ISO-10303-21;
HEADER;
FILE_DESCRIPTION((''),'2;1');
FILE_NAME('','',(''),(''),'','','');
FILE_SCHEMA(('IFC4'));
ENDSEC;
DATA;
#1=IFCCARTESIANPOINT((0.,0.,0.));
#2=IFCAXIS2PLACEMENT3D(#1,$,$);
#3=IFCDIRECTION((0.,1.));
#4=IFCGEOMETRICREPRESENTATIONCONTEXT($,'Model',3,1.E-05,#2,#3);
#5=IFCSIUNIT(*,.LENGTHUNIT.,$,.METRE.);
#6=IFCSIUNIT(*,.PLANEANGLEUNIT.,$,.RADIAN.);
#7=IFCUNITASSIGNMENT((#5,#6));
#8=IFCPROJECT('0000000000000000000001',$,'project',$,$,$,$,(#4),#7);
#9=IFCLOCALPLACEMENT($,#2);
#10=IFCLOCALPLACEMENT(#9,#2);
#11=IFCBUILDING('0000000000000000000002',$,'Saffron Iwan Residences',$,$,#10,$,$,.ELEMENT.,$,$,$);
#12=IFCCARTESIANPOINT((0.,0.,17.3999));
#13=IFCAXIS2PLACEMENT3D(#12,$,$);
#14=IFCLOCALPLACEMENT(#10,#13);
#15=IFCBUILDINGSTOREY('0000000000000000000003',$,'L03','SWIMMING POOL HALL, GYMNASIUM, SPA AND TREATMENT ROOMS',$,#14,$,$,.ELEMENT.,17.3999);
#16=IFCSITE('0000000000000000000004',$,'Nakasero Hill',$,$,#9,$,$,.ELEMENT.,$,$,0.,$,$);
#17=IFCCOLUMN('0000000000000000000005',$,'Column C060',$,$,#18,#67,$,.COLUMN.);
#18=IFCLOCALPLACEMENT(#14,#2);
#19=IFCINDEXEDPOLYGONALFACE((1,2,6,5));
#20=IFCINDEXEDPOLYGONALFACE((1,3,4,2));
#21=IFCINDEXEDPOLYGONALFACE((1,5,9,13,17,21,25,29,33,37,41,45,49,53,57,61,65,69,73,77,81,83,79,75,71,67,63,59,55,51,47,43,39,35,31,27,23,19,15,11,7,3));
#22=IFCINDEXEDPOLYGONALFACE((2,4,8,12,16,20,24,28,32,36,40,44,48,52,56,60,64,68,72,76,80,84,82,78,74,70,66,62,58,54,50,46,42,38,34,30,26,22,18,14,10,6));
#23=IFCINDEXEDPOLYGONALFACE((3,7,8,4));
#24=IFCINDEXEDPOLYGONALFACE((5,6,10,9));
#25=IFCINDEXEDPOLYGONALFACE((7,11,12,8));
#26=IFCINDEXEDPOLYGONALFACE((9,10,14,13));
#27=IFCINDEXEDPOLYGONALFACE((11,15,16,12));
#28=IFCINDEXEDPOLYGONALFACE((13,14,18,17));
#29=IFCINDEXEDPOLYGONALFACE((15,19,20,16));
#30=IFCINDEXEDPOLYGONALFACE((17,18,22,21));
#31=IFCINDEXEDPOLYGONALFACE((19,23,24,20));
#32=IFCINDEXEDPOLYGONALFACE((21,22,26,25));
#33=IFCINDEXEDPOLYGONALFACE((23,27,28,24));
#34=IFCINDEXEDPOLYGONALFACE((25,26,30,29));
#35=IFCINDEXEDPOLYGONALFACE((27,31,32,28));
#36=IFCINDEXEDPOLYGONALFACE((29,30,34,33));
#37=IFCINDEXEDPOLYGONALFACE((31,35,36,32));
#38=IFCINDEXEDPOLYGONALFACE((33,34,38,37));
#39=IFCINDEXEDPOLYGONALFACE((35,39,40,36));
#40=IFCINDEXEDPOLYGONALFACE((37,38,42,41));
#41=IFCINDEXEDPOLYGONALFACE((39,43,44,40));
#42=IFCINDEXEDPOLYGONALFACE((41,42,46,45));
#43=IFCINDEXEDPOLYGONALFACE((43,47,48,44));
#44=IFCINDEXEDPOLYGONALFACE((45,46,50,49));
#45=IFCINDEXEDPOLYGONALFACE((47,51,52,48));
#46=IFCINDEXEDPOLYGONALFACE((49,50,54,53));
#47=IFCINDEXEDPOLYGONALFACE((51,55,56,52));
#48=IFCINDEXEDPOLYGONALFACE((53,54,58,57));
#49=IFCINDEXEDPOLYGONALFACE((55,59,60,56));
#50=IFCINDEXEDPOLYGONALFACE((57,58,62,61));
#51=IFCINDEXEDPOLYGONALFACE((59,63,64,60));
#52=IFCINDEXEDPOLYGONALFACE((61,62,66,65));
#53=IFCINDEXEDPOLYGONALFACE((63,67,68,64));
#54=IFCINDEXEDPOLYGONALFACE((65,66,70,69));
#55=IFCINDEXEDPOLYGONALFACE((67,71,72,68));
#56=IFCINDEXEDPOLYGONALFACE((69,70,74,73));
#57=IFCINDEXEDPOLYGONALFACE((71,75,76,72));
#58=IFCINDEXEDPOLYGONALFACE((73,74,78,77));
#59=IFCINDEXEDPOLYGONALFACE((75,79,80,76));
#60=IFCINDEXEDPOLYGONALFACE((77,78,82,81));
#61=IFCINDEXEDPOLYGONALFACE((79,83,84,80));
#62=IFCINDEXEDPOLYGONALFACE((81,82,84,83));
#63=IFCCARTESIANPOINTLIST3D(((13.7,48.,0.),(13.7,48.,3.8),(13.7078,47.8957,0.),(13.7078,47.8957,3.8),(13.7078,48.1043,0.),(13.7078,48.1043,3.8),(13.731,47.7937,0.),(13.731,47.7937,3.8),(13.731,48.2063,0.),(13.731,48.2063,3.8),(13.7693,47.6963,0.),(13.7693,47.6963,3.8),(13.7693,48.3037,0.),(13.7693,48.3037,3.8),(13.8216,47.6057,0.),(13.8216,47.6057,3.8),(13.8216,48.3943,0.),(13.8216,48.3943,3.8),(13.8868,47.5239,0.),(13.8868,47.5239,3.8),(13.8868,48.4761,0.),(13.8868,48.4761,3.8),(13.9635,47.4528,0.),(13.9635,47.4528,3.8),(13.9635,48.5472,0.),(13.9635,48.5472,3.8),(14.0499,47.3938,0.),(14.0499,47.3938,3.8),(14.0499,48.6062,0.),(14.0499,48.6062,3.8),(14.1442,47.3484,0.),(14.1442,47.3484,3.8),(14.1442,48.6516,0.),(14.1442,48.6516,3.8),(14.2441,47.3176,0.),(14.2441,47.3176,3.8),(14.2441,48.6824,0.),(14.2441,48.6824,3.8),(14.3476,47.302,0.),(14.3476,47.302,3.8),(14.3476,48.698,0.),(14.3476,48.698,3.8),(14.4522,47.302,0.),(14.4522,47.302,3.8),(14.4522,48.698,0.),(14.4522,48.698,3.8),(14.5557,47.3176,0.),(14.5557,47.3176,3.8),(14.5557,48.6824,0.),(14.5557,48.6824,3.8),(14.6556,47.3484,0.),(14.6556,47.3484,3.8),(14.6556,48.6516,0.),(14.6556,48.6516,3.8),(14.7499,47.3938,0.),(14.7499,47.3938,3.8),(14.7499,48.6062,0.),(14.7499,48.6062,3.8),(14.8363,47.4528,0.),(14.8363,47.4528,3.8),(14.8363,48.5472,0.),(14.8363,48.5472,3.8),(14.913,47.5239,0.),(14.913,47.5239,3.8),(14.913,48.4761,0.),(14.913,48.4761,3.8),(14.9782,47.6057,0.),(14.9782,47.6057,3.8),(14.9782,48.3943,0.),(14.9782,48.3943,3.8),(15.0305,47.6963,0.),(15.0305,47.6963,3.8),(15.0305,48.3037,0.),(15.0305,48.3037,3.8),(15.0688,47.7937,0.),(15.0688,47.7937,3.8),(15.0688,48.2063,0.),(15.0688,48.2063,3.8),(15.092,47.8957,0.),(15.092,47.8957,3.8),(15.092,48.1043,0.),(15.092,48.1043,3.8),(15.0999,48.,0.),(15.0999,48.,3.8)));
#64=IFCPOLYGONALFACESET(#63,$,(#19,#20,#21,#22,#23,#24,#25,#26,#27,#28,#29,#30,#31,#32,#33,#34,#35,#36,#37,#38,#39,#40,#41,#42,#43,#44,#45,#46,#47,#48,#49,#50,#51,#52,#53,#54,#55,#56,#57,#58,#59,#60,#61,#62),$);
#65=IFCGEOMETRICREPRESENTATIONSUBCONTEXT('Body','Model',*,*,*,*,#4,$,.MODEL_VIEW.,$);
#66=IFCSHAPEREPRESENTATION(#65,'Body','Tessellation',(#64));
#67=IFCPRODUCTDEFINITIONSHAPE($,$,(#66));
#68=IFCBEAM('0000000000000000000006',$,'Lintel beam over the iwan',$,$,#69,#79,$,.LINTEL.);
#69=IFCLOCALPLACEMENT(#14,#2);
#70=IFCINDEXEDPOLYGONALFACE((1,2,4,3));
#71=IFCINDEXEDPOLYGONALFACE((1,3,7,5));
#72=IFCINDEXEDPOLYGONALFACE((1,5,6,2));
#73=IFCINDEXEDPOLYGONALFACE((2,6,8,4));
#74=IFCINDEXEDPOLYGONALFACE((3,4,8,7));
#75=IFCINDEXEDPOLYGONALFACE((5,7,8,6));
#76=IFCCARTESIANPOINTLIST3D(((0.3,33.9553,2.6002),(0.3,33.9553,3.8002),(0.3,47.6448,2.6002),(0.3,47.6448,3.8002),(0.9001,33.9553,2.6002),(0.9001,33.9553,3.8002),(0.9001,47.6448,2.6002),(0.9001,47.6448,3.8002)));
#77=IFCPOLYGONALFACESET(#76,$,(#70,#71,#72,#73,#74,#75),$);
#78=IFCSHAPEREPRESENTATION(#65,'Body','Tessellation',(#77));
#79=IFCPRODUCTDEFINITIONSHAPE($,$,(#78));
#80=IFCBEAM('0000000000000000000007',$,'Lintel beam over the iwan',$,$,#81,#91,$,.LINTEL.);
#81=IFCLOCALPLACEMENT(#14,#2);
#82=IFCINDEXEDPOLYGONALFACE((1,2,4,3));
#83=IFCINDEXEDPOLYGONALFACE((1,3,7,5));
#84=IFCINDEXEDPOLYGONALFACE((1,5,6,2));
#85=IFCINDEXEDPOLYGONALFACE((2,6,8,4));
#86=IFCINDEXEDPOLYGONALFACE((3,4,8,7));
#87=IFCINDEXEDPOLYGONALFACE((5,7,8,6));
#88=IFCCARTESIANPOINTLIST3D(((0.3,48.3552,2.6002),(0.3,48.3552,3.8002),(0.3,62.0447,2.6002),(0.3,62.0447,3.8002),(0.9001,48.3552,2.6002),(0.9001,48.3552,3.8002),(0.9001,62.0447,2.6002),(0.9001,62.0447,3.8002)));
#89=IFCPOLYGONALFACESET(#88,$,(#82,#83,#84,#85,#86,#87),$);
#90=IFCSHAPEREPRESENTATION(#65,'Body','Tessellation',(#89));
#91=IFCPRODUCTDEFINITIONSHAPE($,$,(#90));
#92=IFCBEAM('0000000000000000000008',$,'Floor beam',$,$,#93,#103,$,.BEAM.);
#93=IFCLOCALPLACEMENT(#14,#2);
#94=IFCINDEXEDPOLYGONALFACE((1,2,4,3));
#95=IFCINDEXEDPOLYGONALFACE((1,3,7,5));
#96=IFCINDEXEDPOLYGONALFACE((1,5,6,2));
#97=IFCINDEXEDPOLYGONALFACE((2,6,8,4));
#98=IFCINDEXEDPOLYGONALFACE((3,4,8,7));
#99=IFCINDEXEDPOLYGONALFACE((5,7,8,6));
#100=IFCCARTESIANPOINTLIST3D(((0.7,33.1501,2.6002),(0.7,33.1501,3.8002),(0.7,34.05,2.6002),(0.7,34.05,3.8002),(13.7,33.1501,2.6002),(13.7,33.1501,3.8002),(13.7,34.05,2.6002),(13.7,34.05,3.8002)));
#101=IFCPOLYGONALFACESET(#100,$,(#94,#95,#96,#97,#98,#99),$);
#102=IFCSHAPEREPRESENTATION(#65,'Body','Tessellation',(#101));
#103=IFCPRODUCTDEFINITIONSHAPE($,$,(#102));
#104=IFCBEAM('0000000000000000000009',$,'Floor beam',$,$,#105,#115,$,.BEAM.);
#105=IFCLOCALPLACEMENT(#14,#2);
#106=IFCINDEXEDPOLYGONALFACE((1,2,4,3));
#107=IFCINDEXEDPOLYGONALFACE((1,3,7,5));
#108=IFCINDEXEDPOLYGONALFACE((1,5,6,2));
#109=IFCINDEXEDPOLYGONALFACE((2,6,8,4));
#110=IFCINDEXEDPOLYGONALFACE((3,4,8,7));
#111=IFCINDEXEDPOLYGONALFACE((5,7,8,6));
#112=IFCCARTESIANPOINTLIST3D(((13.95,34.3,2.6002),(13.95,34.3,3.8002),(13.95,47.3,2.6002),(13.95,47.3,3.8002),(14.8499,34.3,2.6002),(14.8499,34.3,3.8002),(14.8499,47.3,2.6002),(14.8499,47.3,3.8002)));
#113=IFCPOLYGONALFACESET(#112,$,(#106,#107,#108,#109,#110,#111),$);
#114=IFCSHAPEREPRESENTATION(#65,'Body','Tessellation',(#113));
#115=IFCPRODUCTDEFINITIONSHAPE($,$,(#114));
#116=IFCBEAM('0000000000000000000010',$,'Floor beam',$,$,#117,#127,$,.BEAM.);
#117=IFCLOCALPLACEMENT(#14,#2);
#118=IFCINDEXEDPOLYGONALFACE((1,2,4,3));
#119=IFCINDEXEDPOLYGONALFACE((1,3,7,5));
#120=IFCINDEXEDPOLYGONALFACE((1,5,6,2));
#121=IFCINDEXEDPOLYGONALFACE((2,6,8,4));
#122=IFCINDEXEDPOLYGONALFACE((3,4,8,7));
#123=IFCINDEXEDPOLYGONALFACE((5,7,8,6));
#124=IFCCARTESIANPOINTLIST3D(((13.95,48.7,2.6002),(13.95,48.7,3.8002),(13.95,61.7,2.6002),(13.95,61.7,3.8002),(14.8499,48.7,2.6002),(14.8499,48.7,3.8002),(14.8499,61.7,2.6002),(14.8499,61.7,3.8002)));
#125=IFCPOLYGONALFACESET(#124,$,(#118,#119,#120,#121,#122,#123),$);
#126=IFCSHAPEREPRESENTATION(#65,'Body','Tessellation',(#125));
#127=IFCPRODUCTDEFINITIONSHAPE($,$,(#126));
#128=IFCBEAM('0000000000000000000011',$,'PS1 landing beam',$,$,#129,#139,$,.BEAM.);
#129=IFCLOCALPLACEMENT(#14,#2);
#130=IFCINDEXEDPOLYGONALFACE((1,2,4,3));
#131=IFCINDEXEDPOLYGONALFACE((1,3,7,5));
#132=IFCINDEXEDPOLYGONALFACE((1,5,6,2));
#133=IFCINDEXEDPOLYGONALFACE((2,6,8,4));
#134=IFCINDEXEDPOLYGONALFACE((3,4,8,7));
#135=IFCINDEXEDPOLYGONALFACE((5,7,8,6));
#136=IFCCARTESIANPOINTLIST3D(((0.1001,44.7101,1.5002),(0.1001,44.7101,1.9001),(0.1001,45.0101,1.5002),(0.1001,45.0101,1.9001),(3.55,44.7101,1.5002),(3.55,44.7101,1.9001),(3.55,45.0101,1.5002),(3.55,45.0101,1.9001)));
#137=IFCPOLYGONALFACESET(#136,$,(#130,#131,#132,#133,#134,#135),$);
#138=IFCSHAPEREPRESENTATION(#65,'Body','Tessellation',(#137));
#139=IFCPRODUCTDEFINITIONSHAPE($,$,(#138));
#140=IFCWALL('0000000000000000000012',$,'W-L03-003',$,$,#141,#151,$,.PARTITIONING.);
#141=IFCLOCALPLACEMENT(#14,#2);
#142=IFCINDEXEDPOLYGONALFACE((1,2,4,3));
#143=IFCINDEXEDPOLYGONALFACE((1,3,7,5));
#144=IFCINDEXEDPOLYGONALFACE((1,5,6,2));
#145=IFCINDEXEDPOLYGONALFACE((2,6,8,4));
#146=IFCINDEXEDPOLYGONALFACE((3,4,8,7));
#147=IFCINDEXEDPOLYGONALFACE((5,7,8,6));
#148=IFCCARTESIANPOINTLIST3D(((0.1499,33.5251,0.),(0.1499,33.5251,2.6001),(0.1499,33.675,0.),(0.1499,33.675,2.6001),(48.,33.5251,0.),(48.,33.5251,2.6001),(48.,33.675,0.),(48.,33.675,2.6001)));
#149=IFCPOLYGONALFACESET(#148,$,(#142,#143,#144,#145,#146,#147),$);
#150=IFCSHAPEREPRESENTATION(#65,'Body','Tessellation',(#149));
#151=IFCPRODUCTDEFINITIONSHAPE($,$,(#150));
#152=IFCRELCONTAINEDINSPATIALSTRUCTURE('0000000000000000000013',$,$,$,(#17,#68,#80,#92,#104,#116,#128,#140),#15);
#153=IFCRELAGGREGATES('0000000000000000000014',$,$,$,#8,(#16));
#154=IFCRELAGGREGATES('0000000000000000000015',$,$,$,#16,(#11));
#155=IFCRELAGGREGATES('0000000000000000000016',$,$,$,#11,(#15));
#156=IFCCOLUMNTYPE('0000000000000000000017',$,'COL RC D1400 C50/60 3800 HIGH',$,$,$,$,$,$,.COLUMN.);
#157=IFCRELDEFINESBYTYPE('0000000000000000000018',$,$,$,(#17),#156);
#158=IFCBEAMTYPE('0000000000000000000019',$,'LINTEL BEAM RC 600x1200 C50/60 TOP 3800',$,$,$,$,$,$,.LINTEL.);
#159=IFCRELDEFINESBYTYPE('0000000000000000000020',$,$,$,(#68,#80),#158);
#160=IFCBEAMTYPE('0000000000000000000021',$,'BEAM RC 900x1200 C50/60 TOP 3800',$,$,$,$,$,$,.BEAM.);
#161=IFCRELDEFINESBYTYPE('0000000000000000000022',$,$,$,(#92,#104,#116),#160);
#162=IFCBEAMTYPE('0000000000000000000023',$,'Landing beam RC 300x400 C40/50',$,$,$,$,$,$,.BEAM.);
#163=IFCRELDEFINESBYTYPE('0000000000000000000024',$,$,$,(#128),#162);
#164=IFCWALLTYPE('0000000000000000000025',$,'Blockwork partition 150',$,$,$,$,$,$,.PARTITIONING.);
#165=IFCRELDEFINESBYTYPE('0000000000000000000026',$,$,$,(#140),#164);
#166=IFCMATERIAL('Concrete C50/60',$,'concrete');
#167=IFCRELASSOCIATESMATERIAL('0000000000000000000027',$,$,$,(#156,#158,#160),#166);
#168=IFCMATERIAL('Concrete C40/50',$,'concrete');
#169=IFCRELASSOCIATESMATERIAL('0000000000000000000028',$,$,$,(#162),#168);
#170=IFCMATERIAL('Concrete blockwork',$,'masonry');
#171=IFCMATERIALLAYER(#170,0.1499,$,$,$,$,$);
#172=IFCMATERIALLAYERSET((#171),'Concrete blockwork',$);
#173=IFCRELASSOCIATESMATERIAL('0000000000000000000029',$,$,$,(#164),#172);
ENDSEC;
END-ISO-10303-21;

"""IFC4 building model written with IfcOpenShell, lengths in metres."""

from ifc_helpers import new_model, si_unit, direction, frame, frame_2d, origin, origin_2d, place, context, subcontext, project, spatial, rectangle, circle, extrude, source, transform, mapped, material, layer, layer_set, material_profile, profile_set, type_object, element, save


model = new_model("IFC4")

# Units and contexts
model_context = context("Model", 3, precision=1e-05, world=origin(), true_north=direction((0.0, 1.0)))
body_context = subcontext(model_context, "Body", "Model", "MODEL_VIEW")
ifc_project = project(units=[si_unit("LENGTHUNIT", "METRE"), si_unit("PLANEANGLEUNIT", "RADIAN")], contexts=[model_context])

# Site, building, storey
site_placement = place(None, origin())
site = spatial("IfcSite", under=ifc_project, at=site_placement, Name="Nakasero Hill", CompositionType="ELEMENT", RefElevation=0.0)
building_placement = place(site_placement, origin())
building = spatial("IfcBuilding", under=site, at=building_placement, Name="Saffron Iwan Residences", CompositionType="ELEMENT")
storey_placement = place(building_placement, frame((0.0, 0.0, 17.3999)))
storey = spatial("IfcBuildingStorey", under=building, at=storey_placement, Name="L03", Description="SWIMMING POOL HALL, GYMNASIUM, SPA AND TREATMENT ROOMS", CompositionType="ELEMENT", Elevation=17.3999)

# Column
ifc_material_1 = material(Name="Concrete C50/60", Category="concrete")
ifc_material_profile_1 = material_profile(ifc_material_1, circle(Radius=0.7, at=origin_2d()), Name="RC D1400")
ifc_profile_set_1 = profile_set([ifc_material_profile_1], Name="Concrete C50/60")
column_type = type_object("IfcColumnType", Name="COL RC D1400 C50/60 3800 HIGH", PredefinedType="COLUMN", material=ifc_profile_set_1)
shared_shape_1 = source(origin(), body_context, "Body", "SweptSolid", [
    extrude(circle(Radius=0.7, at=origin_2d()), origin(), (0.0, 0.0, 1.0), 3.8),
])
for number, where, z_axis, x_axis, name in (
    (1, (14.3999, 48.0, 0.0), (0.0, 0.0, 1.0), (1.0, 0.0, 0.0), "Column C060"),
):
    element("IfcColumn", number, at=place(storey_placement, frame(where, z_axis=z_axis, x_axis=x_axis)), inside=storey, type_object=column_type, Name=name, PredefinedType="COLUMN", context=body_context, shape_type="MappedRepresentation", body=[
        mapped(shared_shape_1, transform((0.0, 0.0, 0.0))),
    ])

# Beams
ifc_material_profile_2 = material_profile(ifc_material_1, rectangle(XDim=0.6001, YDim=1.2, at=origin_2d()), Name="RC 600x1200")
ifc_profile_set_2 = profile_set([ifc_material_profile_2], Name="Concrete C50/60")
beam_type_1 = type_object("IfcBeamType", Name="LINTEL BEAM RC 600x1200 C50/60 TOP 3800", PredefinedType="LINTEL", material=ifc_profile_set_2)
shared_shape_2 = source(origin(), body_context, "Body", "SweptSolid", [
    extrude(rectangle(XDim=0.6001, YDim=1.2, at=origin_2d()), origin(), (0.0, 0.0, 1.0), 13.6895),
])
for number, where, z_axis, x_axis, name in (
    (2, (0.6001, 33.9553, 3.2002), (0.0, 1.0, 0.0), (-1.0, 0.0, 0.0), "Lintel beam over the iwan"),
    (3, (0.6001, 48.3552, 3.2002), (0.0, 1.0, 0.0), (-1.0, 0.0, 0.0), "Lintel beam over the iwan"),
):
    element("IfcBeam", number, at=place(storey_placement, frame(where, z_axis=z_axis, x_axis=x_axis)), inside=storey, type_object=beam_type_1, Name=name, PredefinedType="LINTEL", context=body_context, shape_type="MappedRepresentation", body=[
        mapped(shared_shape_2, transform((0.0, 0.0, 0.0))),
    ])
ifc_material_profile_3 = material_profile(ifc_material_1, rectangle(XDim=0.8999, YDim=1.2, at=origin_2d()), Name="RC 900x1200")
ifc_profile_set_3 = profile_set([ifc_material_profile_3], Name="Concrete C50/60")
beam_type_2 = type_object("IfcBeamType", Name="BEAM RC 900x1200 C50/60 TOP 3800", PredefinedType="BEAM", material=ifc_profile_set_3)
shared_shape_3 = source(origin(), body_context, "Body", "SweptSolid", [
    extrude(rectangle(XDim=0.8999, YDim=1.2, at=origin_2d()), origin(), (0.0, 0.0, 1.0), 13.0),
])
for number, where, z_axis, x_axis, name in (
    (4, (0.7, 33.6001, 3.2002), (1.0, 0.0, 0.0), (0.0, 1.0, 0.0), "Floor beam"),
    (5, (14.3999, 34.3, 3.2002), (0.0, 1.0, 0.0), (-1.0, 0.0, 0.0), "Floor beam"),
    (6, (14.3999, 48.7, 3.2002), (0.0, 1.0, 0.0), (-1.0, 0.0, 0.0), "Floor beam"),
):
    element("IfcBeam", number, at=place(storey_placement, frame(where, z_axis=z_axis, x_axis=x_axis)), inside=storey, type_object=beam_type_2, Name=name, PredefinedType="BEAM", context=body_context, shape_type="MappedRepresentation", body=[
        mapped(shared_shape_3, transform((0.0, 0.0, 0.0))),
    ])
ifc_material_2 = material(Name="Concrete C40/50", Category="concrete")
ifc_material_profile_4 = material_profile(ifc_material_2, rectangle(XDim=0.3, YDim=0.3999, at=origin_2d()), Name="Landing beam RC 300x400 C40/50")
ifc_profile_set_4 = profile_set([ifc_material_profile_4], Name="Concrete C40/50")
beam_type_3 = type_object("IfcBeamType", Name="Landing beam RC 300x400 C40/50", PredefinedType="BEAM", material=ifc_profile_set_4)
shared_shape_4 = source(origin(), body_context, "Body", "SweptSolid", [
    extrude(rectangle(XDim=0.3, YDim=0.3999, at=origin_2d()), origin(), (0.0, 0.0, 1.0), 3.45),
])
beam_placement = place(storey_placement, frame((0.1001, 44.8601, 1.7002), z_axis=(1.0, 0.0, 0.0), x_axis=(0.0, 1.0, 0.0)))
element("IfcBeam", 7, at=beam_placement, inside=storey, type_object=beam_type_3, Name="PS1 landing beam", PredefinedType="BEAM", context=body_context, shape_type="MappedRepresentation", body=[
    mapped(shared_shape_4, transform((0.0, 0.0, 0.0))),
])

# Wall
ifc_material_3 = material(Name="Concrete blockwork", Category="masonry")
ifc_layer_1 = layer(ifc_material_3, 0.1499)
ifc_layer_set_1 = layer_set([ifc_layer_1], Name="Concrete blockwork")
wall_type_1 = type_object("IfcWallType", Name="Blockwork partition 150", PredefinedType="PARTITIONING", material=ifc_layer_set_1)
wall_1_placement = place(storey_placement, frame((0.1499, 33.6001, 0.0), z_axis=(0.0, 0.0, 1.0), x_axis=(1.0, 0.0, 0.0)))
element("IfcWall", 8, at=wall_1_placement, inside=storey, type_object=wall_type_1, Name="W-L03-003", PredefinedType="PARTITIONING", context=body_context, shape_type="SweptSolid", body=[
    extrude(rectangle(XDim=47.8501, YDim=0.1499, at=frame_2d((23.925, 0.0))), origin(), (0.0, 0.0, 1.0), 2.6001),
])

save(model, "model.ifc")
